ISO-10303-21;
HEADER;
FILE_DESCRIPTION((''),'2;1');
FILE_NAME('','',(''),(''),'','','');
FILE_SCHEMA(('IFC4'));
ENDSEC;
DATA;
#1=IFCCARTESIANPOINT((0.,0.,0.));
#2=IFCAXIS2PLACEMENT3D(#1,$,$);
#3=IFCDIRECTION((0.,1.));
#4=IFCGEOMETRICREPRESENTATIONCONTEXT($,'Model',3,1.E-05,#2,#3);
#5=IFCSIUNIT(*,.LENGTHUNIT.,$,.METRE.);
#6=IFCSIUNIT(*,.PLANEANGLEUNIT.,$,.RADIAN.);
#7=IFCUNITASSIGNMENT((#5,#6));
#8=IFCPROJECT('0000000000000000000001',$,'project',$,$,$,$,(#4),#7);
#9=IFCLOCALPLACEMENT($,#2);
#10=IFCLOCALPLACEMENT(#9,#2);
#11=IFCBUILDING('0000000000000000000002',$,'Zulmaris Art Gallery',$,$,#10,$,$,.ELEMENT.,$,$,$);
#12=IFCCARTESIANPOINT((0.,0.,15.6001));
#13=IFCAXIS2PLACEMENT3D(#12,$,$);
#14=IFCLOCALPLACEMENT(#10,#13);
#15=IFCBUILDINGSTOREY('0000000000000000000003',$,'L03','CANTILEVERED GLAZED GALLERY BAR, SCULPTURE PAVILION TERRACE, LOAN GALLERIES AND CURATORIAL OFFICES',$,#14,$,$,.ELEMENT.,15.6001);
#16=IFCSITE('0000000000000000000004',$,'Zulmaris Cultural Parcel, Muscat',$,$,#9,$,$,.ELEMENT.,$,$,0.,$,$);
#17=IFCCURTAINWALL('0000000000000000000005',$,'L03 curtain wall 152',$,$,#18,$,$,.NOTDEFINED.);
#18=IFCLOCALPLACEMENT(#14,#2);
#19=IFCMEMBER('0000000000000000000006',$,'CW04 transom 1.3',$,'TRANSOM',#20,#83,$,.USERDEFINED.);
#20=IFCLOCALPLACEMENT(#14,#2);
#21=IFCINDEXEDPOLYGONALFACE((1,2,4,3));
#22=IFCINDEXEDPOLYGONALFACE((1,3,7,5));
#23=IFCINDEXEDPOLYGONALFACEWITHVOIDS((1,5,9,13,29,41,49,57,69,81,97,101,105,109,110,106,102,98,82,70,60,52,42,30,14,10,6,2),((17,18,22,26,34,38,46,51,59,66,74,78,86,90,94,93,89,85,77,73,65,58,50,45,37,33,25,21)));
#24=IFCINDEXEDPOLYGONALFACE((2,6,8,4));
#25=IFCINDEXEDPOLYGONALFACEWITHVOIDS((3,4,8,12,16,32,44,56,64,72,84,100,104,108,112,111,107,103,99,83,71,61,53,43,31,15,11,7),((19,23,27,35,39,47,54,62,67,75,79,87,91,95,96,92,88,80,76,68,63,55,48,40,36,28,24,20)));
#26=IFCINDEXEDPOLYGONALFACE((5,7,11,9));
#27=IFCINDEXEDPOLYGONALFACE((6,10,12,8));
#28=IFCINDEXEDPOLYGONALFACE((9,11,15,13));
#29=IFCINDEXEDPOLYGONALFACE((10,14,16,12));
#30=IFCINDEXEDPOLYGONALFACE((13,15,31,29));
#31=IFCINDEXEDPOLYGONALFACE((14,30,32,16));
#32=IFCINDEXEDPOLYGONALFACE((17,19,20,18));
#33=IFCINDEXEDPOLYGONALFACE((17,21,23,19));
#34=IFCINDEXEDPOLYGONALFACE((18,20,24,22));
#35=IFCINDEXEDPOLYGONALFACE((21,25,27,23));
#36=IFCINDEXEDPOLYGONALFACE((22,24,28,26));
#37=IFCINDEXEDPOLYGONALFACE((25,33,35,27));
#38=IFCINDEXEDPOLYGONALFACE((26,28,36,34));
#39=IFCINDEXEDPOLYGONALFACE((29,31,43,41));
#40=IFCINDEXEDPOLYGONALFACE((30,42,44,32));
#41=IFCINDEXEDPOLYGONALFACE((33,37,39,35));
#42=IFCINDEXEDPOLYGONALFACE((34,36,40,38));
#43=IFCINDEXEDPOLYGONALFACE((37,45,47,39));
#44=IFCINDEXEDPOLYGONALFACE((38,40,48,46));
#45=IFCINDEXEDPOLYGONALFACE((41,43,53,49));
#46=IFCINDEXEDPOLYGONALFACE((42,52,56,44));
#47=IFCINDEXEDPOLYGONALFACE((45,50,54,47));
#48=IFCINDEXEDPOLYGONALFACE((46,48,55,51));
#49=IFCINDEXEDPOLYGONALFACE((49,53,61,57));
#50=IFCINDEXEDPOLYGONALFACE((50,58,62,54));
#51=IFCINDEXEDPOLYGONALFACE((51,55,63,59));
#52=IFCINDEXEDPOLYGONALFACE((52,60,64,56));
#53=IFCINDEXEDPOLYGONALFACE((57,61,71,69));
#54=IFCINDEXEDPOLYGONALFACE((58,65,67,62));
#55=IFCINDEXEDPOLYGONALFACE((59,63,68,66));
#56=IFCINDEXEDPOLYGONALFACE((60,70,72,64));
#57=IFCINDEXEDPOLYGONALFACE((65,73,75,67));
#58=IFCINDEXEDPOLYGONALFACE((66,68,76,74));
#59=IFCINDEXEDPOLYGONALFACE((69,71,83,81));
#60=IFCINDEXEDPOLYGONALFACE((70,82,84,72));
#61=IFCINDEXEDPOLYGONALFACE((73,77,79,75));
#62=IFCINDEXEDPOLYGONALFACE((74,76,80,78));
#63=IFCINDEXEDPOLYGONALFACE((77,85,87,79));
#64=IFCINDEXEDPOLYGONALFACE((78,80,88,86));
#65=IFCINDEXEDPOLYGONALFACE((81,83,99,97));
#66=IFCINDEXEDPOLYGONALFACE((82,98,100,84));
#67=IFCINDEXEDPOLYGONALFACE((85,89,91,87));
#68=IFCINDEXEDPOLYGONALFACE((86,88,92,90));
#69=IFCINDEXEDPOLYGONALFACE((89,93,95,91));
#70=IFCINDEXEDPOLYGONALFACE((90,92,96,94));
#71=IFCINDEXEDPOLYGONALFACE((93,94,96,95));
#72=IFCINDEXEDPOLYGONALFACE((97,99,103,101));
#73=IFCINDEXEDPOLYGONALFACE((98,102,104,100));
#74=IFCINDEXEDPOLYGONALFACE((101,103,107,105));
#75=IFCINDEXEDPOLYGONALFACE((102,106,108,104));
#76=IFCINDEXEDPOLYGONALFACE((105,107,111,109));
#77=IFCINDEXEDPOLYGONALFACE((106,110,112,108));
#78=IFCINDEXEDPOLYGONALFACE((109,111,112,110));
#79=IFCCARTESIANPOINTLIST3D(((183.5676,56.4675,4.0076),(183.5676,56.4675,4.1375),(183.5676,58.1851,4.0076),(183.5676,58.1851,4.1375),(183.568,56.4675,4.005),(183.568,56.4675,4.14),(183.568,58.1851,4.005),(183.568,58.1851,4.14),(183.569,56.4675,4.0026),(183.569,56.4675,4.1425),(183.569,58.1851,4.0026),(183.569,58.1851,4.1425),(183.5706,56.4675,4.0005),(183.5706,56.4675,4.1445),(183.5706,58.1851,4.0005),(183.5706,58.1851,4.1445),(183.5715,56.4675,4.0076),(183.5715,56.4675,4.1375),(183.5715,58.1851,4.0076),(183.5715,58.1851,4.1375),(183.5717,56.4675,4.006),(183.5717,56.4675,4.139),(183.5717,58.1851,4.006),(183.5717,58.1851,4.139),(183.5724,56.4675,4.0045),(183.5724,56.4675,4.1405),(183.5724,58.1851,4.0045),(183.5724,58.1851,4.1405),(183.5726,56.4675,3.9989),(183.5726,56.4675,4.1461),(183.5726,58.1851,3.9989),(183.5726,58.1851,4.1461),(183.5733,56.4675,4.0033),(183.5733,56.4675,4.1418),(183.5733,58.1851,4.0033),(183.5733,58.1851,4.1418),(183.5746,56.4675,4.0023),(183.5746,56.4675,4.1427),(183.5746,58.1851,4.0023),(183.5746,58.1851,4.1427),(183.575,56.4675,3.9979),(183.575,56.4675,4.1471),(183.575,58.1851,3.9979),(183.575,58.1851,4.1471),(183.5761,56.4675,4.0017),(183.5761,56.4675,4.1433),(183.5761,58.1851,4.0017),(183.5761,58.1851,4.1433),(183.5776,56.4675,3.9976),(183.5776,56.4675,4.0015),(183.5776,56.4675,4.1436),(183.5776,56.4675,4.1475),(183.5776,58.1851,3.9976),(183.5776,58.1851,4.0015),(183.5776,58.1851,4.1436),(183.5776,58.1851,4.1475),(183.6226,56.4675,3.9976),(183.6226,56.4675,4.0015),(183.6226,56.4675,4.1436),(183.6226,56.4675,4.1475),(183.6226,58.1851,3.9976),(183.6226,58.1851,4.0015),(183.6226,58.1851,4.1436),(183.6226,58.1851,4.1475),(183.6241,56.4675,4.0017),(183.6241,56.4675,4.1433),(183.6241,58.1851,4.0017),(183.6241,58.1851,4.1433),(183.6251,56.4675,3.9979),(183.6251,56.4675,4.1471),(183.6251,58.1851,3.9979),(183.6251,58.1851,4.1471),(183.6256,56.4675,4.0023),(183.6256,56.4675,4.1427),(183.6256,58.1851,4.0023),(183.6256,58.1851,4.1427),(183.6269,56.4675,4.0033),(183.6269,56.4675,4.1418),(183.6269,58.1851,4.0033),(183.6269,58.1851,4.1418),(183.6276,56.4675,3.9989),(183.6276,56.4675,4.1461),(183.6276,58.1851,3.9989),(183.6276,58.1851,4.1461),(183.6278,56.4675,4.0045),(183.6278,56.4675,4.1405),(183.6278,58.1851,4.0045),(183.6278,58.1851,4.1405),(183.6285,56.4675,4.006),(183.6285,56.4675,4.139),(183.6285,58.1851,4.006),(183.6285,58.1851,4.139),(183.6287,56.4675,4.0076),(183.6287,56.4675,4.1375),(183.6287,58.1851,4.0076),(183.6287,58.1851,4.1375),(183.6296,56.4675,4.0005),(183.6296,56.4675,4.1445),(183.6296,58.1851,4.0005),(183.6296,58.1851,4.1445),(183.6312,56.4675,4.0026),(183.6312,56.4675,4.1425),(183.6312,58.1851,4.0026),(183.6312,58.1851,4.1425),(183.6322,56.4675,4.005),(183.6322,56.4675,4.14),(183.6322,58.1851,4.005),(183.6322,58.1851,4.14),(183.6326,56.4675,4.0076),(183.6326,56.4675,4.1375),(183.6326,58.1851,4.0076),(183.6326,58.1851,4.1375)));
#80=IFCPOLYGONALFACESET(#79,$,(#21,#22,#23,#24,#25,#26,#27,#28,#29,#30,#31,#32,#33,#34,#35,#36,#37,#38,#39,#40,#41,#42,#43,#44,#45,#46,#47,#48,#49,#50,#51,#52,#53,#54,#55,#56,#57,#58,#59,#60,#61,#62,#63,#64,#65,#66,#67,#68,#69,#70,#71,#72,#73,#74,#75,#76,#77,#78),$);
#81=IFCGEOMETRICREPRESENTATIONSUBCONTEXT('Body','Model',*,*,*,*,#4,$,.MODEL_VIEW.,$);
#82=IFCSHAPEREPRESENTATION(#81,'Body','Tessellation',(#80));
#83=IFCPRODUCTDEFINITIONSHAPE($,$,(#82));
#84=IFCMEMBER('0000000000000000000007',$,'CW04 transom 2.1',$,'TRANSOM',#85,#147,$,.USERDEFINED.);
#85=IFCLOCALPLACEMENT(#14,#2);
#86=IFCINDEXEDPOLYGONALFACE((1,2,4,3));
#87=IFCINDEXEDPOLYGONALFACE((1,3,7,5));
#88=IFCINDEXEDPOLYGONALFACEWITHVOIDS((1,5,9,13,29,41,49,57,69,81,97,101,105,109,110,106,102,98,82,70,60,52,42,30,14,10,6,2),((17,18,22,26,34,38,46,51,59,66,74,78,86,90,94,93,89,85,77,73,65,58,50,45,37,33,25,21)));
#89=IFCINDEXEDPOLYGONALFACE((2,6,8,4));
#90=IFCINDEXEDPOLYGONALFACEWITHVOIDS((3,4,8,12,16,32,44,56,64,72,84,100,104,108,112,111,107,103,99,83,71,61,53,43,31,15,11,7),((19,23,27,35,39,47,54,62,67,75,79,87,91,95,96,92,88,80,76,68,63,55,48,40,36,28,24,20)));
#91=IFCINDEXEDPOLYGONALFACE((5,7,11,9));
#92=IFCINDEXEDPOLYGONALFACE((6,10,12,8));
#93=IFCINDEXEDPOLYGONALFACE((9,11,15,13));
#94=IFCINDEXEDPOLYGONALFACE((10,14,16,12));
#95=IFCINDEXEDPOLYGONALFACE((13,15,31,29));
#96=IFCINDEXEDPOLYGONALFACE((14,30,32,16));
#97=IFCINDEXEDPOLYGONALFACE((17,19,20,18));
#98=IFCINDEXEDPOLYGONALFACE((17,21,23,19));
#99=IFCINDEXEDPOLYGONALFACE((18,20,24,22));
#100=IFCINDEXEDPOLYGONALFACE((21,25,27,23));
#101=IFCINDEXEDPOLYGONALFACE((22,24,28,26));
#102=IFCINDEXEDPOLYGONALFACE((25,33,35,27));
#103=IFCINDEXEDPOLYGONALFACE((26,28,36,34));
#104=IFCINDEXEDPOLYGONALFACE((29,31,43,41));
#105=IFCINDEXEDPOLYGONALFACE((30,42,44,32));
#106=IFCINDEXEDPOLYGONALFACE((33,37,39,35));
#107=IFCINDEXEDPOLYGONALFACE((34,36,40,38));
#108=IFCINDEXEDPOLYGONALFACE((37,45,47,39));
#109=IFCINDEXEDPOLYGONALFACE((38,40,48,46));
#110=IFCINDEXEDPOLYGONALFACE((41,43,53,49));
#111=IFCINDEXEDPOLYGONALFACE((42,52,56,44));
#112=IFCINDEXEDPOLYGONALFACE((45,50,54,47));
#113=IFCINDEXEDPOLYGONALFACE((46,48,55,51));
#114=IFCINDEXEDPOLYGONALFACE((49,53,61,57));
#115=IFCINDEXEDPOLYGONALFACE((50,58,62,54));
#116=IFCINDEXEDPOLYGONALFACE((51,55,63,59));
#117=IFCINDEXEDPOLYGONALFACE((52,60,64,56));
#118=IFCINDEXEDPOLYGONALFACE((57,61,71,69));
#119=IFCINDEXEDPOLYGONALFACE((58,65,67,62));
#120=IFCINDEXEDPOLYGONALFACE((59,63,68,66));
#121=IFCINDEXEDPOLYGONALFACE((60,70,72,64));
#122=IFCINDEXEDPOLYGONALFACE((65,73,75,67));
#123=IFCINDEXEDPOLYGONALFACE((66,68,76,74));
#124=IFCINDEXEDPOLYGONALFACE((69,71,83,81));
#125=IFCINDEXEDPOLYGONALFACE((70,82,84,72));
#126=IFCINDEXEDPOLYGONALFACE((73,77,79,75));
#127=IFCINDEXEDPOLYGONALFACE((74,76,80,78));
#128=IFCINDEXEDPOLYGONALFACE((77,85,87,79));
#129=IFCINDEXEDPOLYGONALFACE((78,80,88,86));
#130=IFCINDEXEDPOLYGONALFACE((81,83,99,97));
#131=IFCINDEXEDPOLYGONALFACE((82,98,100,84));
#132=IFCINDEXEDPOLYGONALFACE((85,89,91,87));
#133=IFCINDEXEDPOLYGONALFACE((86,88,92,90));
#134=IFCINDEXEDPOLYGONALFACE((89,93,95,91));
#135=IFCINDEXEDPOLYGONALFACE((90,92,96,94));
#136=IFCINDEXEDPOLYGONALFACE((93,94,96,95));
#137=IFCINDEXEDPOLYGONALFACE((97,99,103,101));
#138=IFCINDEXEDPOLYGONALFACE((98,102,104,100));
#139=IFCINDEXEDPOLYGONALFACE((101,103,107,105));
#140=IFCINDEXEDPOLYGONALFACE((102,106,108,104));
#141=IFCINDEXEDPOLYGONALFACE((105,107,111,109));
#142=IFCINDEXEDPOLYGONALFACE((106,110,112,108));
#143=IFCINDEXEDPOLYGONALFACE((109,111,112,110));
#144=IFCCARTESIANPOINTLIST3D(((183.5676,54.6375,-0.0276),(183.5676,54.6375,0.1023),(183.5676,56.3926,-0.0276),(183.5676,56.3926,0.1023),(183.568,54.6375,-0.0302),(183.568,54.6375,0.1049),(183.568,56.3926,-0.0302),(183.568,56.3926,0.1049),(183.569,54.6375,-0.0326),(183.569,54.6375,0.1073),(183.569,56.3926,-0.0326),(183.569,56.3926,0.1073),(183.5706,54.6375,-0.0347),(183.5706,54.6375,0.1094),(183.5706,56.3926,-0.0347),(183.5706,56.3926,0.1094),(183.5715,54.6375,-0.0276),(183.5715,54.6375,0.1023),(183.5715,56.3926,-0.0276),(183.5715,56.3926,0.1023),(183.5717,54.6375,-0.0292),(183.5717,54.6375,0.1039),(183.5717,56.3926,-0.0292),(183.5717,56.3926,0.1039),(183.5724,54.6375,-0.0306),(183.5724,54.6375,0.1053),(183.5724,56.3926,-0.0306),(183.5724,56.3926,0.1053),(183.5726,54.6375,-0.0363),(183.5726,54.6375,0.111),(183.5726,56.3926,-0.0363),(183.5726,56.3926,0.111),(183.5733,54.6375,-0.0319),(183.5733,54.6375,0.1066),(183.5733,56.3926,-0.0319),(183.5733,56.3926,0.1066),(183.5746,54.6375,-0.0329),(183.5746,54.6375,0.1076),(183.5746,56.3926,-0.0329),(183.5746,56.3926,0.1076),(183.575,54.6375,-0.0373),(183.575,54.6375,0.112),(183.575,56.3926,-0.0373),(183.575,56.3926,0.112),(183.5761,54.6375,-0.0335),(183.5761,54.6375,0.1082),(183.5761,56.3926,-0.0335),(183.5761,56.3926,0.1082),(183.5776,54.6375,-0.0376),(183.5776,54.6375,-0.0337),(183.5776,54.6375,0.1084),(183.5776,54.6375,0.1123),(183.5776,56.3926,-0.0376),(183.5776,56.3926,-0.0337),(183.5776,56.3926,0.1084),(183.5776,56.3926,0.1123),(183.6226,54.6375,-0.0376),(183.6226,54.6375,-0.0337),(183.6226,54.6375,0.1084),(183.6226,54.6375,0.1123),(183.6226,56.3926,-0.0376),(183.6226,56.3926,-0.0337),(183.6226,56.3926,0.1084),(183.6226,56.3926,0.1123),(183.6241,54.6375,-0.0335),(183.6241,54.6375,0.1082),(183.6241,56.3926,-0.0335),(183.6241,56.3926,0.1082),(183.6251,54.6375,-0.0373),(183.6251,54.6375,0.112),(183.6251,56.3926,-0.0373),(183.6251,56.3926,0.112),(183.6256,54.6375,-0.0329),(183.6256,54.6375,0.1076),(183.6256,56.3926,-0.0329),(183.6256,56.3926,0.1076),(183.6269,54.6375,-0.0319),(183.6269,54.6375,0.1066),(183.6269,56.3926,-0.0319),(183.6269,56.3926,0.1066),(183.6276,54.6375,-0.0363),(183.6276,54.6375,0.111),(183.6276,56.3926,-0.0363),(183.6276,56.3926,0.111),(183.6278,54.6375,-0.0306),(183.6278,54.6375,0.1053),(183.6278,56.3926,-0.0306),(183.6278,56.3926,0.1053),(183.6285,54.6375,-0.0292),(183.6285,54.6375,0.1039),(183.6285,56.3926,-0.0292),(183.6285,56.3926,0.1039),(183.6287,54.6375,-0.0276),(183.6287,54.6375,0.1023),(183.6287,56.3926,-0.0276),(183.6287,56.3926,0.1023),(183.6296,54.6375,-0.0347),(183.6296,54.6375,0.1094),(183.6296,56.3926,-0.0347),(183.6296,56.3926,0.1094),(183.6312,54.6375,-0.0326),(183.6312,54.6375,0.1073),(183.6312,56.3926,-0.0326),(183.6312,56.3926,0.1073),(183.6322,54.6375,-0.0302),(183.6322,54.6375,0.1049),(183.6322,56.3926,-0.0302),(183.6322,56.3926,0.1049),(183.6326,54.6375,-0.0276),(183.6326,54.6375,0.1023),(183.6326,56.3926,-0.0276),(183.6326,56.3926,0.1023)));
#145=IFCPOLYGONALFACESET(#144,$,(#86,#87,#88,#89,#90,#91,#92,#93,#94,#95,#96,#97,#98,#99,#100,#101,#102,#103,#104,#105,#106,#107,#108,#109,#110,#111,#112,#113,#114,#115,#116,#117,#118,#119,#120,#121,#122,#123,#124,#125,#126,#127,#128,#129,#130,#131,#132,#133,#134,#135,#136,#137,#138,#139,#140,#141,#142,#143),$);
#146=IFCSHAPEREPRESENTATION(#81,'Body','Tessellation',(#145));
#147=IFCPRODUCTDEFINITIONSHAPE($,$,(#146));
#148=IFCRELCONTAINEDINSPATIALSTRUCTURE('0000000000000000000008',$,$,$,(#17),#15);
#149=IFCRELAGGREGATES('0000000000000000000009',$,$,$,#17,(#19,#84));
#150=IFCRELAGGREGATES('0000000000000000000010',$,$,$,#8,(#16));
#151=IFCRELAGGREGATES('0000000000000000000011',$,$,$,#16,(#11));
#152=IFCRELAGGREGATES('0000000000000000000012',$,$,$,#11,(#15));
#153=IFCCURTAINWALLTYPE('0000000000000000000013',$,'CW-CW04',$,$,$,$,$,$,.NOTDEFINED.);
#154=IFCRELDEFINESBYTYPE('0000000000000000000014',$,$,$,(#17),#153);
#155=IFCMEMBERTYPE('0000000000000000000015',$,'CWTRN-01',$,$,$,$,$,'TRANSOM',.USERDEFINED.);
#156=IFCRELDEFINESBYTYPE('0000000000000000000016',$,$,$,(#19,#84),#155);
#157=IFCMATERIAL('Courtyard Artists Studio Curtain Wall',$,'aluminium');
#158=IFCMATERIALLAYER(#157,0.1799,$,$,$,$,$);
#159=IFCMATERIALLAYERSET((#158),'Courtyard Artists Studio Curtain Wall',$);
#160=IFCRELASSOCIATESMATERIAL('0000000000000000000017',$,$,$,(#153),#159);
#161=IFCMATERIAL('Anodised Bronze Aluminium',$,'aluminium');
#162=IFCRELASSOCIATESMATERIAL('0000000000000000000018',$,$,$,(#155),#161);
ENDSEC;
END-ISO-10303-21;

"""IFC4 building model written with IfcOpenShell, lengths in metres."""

from ifc_helpers import new_model, si_unit, direction, frame, origin, origin_2d, place, context, subcontext, project, spatial, hollow_rectangle, extrude, material, layer, layer_set, material_profile, profile_set, type_object, element, aggregate, save


model = new_model("IFC4")

# Units and contexts
model_context = context("Model", 3, precision=1e-05, world=origin(), true_north=direction((0.0, 1.0)))
body_context = subcontext(model_context, "Body", "Model", "MODEL_VIEW")
ifc_project = project(units=[si_unit("LENGTHUNIT", "METRE"), si_unit("PLANEANGLEUNIT", "RADIAN")], contexts=[model_context])

# Site, building, storey
site_placement = place(None, origin())
site = spatial("IfcSite", under=ifc_project, at=site_placement, Name="Zulmaris Cultural Parcel, Muscat", CompositionType="ELEMENT", RefElevation=0.0)
building_placement = place(site_placement, origin())
building = spatial("IfcBuilding", under=site, at=building_placement, Name="Zulmaris Art Gallery", CompositionType="ELEMENT")
storey_placement = place(building_placement, frame((0.0, 0.0, 15.6001)))
storey = spatial("IfcBuildingStorey", under=building, at=storey_placement, Name="L03", Description="CANTILEVERED GLAZED GALLERY BAR, SCULPTURE PAVILION TERRACE, LOAN GALLERIES AND CURATORIAL OFFICES", CompositionType="ELEMENT", Elevation=15.6001)

# Curtain wall, members
ifc_material_1 = material(Name="Courtyard Artists Studio Curtain Wall", Category="aluminium")
ifc_layer_1 = layer(ifc_material_1, 0.1799)
ifc_layer_set_1 = layer_set([ifc_layer_1], Name="Courtyard Artists Studio Curtain Wall")
curtain_wall_type = type_object("IfcCurtainWallType", Name="CW-CW04", PredefinedType="NOTDEFINED", material=ifc_layer_set_1)
curtain_wall_placement = place(storey_placement, origin())
curtain_wall = element("IfcCurtainWall", 1, at=curtain_wall_placement, inside=storey, type_object=curtain_wall_type, Name="L03 curtain wall 152", PredefinedType="NOTDEFINED")
ifc_material_2 = material(Name="Anodised Bronze Aluminium", Category="aluminium")
ifc_material_profile_1 = material_profile(ifc_material_2, hollow_rectangle(XDim=0.0649, YDim=0.1499, WallThickness=0.0039, InnerFilletRadius=0.0061, OuterFilletRadius=0.01, at=origin_2d()), Name="ALU 65x150x4")
ifc_profile_set_1 = profile_set([ifc_material_profile_1], Name="Anodised Bronze Aluminium")
member_type_1 = type_object("IfcMemberType", Name="CWTRN-01", ElementType="TRANSOM", PredefinedType="USERDEFINED", material=ifc_profile_set_1)
member_1_placement = place(storey_placement, frame((183.6001, 58.1851, 4.0725), z_axis=(0.0, -1.0, 0.0), x_axis=(1.0, 0.0, 0.0)))
member_1 = element("IfcMember", 2, at=member_1_placement, type_object=member_type_1, Name="CW04 transom 1.3", ObjectType="TRANSOM", PredefinedType="USERDEFINED", context=body_context, shape_type="SweptSolid", body=[
    extrude(hollow_rectangle(XDim=0.0649, YDim=0.1499, WallThickness=0.0039, InnerFilletRadius=0.0061, OuterFilletRadius=0.01, at=origin_2d()), origin(), (0.0, 0.0, 1.0), 1.7175),
])
member_2_placement = place(storey_placement, frame((183.6001, 56.3926, 0.0374), z_axis=(0.0, -1.0, 0.0), x_axis=(1.0, 0.0, 0.0)))
member_2 = element("IfcMember", 3, at=member_2_placement, type_object=member_type_1, Name="CW04 transom 2.1", ObjectType="TRANSOM", PredefinedType="USERDEFINED", context=body_context, shape_type="SweptSolid", body=[
    extrude(hollow_rectangle(XDim=0.0649, YDim=0.1499, WallThickness=0.0039, InnerFilletRadius=0.0061, OuterFilletRadius=0.01, at=origin_2d()), origin(), (0.0, 0.0, 1.0), 1.7551),
])
aggregate(curtain_wall, [member_1, member_2])

save(model, "model.ifc")
